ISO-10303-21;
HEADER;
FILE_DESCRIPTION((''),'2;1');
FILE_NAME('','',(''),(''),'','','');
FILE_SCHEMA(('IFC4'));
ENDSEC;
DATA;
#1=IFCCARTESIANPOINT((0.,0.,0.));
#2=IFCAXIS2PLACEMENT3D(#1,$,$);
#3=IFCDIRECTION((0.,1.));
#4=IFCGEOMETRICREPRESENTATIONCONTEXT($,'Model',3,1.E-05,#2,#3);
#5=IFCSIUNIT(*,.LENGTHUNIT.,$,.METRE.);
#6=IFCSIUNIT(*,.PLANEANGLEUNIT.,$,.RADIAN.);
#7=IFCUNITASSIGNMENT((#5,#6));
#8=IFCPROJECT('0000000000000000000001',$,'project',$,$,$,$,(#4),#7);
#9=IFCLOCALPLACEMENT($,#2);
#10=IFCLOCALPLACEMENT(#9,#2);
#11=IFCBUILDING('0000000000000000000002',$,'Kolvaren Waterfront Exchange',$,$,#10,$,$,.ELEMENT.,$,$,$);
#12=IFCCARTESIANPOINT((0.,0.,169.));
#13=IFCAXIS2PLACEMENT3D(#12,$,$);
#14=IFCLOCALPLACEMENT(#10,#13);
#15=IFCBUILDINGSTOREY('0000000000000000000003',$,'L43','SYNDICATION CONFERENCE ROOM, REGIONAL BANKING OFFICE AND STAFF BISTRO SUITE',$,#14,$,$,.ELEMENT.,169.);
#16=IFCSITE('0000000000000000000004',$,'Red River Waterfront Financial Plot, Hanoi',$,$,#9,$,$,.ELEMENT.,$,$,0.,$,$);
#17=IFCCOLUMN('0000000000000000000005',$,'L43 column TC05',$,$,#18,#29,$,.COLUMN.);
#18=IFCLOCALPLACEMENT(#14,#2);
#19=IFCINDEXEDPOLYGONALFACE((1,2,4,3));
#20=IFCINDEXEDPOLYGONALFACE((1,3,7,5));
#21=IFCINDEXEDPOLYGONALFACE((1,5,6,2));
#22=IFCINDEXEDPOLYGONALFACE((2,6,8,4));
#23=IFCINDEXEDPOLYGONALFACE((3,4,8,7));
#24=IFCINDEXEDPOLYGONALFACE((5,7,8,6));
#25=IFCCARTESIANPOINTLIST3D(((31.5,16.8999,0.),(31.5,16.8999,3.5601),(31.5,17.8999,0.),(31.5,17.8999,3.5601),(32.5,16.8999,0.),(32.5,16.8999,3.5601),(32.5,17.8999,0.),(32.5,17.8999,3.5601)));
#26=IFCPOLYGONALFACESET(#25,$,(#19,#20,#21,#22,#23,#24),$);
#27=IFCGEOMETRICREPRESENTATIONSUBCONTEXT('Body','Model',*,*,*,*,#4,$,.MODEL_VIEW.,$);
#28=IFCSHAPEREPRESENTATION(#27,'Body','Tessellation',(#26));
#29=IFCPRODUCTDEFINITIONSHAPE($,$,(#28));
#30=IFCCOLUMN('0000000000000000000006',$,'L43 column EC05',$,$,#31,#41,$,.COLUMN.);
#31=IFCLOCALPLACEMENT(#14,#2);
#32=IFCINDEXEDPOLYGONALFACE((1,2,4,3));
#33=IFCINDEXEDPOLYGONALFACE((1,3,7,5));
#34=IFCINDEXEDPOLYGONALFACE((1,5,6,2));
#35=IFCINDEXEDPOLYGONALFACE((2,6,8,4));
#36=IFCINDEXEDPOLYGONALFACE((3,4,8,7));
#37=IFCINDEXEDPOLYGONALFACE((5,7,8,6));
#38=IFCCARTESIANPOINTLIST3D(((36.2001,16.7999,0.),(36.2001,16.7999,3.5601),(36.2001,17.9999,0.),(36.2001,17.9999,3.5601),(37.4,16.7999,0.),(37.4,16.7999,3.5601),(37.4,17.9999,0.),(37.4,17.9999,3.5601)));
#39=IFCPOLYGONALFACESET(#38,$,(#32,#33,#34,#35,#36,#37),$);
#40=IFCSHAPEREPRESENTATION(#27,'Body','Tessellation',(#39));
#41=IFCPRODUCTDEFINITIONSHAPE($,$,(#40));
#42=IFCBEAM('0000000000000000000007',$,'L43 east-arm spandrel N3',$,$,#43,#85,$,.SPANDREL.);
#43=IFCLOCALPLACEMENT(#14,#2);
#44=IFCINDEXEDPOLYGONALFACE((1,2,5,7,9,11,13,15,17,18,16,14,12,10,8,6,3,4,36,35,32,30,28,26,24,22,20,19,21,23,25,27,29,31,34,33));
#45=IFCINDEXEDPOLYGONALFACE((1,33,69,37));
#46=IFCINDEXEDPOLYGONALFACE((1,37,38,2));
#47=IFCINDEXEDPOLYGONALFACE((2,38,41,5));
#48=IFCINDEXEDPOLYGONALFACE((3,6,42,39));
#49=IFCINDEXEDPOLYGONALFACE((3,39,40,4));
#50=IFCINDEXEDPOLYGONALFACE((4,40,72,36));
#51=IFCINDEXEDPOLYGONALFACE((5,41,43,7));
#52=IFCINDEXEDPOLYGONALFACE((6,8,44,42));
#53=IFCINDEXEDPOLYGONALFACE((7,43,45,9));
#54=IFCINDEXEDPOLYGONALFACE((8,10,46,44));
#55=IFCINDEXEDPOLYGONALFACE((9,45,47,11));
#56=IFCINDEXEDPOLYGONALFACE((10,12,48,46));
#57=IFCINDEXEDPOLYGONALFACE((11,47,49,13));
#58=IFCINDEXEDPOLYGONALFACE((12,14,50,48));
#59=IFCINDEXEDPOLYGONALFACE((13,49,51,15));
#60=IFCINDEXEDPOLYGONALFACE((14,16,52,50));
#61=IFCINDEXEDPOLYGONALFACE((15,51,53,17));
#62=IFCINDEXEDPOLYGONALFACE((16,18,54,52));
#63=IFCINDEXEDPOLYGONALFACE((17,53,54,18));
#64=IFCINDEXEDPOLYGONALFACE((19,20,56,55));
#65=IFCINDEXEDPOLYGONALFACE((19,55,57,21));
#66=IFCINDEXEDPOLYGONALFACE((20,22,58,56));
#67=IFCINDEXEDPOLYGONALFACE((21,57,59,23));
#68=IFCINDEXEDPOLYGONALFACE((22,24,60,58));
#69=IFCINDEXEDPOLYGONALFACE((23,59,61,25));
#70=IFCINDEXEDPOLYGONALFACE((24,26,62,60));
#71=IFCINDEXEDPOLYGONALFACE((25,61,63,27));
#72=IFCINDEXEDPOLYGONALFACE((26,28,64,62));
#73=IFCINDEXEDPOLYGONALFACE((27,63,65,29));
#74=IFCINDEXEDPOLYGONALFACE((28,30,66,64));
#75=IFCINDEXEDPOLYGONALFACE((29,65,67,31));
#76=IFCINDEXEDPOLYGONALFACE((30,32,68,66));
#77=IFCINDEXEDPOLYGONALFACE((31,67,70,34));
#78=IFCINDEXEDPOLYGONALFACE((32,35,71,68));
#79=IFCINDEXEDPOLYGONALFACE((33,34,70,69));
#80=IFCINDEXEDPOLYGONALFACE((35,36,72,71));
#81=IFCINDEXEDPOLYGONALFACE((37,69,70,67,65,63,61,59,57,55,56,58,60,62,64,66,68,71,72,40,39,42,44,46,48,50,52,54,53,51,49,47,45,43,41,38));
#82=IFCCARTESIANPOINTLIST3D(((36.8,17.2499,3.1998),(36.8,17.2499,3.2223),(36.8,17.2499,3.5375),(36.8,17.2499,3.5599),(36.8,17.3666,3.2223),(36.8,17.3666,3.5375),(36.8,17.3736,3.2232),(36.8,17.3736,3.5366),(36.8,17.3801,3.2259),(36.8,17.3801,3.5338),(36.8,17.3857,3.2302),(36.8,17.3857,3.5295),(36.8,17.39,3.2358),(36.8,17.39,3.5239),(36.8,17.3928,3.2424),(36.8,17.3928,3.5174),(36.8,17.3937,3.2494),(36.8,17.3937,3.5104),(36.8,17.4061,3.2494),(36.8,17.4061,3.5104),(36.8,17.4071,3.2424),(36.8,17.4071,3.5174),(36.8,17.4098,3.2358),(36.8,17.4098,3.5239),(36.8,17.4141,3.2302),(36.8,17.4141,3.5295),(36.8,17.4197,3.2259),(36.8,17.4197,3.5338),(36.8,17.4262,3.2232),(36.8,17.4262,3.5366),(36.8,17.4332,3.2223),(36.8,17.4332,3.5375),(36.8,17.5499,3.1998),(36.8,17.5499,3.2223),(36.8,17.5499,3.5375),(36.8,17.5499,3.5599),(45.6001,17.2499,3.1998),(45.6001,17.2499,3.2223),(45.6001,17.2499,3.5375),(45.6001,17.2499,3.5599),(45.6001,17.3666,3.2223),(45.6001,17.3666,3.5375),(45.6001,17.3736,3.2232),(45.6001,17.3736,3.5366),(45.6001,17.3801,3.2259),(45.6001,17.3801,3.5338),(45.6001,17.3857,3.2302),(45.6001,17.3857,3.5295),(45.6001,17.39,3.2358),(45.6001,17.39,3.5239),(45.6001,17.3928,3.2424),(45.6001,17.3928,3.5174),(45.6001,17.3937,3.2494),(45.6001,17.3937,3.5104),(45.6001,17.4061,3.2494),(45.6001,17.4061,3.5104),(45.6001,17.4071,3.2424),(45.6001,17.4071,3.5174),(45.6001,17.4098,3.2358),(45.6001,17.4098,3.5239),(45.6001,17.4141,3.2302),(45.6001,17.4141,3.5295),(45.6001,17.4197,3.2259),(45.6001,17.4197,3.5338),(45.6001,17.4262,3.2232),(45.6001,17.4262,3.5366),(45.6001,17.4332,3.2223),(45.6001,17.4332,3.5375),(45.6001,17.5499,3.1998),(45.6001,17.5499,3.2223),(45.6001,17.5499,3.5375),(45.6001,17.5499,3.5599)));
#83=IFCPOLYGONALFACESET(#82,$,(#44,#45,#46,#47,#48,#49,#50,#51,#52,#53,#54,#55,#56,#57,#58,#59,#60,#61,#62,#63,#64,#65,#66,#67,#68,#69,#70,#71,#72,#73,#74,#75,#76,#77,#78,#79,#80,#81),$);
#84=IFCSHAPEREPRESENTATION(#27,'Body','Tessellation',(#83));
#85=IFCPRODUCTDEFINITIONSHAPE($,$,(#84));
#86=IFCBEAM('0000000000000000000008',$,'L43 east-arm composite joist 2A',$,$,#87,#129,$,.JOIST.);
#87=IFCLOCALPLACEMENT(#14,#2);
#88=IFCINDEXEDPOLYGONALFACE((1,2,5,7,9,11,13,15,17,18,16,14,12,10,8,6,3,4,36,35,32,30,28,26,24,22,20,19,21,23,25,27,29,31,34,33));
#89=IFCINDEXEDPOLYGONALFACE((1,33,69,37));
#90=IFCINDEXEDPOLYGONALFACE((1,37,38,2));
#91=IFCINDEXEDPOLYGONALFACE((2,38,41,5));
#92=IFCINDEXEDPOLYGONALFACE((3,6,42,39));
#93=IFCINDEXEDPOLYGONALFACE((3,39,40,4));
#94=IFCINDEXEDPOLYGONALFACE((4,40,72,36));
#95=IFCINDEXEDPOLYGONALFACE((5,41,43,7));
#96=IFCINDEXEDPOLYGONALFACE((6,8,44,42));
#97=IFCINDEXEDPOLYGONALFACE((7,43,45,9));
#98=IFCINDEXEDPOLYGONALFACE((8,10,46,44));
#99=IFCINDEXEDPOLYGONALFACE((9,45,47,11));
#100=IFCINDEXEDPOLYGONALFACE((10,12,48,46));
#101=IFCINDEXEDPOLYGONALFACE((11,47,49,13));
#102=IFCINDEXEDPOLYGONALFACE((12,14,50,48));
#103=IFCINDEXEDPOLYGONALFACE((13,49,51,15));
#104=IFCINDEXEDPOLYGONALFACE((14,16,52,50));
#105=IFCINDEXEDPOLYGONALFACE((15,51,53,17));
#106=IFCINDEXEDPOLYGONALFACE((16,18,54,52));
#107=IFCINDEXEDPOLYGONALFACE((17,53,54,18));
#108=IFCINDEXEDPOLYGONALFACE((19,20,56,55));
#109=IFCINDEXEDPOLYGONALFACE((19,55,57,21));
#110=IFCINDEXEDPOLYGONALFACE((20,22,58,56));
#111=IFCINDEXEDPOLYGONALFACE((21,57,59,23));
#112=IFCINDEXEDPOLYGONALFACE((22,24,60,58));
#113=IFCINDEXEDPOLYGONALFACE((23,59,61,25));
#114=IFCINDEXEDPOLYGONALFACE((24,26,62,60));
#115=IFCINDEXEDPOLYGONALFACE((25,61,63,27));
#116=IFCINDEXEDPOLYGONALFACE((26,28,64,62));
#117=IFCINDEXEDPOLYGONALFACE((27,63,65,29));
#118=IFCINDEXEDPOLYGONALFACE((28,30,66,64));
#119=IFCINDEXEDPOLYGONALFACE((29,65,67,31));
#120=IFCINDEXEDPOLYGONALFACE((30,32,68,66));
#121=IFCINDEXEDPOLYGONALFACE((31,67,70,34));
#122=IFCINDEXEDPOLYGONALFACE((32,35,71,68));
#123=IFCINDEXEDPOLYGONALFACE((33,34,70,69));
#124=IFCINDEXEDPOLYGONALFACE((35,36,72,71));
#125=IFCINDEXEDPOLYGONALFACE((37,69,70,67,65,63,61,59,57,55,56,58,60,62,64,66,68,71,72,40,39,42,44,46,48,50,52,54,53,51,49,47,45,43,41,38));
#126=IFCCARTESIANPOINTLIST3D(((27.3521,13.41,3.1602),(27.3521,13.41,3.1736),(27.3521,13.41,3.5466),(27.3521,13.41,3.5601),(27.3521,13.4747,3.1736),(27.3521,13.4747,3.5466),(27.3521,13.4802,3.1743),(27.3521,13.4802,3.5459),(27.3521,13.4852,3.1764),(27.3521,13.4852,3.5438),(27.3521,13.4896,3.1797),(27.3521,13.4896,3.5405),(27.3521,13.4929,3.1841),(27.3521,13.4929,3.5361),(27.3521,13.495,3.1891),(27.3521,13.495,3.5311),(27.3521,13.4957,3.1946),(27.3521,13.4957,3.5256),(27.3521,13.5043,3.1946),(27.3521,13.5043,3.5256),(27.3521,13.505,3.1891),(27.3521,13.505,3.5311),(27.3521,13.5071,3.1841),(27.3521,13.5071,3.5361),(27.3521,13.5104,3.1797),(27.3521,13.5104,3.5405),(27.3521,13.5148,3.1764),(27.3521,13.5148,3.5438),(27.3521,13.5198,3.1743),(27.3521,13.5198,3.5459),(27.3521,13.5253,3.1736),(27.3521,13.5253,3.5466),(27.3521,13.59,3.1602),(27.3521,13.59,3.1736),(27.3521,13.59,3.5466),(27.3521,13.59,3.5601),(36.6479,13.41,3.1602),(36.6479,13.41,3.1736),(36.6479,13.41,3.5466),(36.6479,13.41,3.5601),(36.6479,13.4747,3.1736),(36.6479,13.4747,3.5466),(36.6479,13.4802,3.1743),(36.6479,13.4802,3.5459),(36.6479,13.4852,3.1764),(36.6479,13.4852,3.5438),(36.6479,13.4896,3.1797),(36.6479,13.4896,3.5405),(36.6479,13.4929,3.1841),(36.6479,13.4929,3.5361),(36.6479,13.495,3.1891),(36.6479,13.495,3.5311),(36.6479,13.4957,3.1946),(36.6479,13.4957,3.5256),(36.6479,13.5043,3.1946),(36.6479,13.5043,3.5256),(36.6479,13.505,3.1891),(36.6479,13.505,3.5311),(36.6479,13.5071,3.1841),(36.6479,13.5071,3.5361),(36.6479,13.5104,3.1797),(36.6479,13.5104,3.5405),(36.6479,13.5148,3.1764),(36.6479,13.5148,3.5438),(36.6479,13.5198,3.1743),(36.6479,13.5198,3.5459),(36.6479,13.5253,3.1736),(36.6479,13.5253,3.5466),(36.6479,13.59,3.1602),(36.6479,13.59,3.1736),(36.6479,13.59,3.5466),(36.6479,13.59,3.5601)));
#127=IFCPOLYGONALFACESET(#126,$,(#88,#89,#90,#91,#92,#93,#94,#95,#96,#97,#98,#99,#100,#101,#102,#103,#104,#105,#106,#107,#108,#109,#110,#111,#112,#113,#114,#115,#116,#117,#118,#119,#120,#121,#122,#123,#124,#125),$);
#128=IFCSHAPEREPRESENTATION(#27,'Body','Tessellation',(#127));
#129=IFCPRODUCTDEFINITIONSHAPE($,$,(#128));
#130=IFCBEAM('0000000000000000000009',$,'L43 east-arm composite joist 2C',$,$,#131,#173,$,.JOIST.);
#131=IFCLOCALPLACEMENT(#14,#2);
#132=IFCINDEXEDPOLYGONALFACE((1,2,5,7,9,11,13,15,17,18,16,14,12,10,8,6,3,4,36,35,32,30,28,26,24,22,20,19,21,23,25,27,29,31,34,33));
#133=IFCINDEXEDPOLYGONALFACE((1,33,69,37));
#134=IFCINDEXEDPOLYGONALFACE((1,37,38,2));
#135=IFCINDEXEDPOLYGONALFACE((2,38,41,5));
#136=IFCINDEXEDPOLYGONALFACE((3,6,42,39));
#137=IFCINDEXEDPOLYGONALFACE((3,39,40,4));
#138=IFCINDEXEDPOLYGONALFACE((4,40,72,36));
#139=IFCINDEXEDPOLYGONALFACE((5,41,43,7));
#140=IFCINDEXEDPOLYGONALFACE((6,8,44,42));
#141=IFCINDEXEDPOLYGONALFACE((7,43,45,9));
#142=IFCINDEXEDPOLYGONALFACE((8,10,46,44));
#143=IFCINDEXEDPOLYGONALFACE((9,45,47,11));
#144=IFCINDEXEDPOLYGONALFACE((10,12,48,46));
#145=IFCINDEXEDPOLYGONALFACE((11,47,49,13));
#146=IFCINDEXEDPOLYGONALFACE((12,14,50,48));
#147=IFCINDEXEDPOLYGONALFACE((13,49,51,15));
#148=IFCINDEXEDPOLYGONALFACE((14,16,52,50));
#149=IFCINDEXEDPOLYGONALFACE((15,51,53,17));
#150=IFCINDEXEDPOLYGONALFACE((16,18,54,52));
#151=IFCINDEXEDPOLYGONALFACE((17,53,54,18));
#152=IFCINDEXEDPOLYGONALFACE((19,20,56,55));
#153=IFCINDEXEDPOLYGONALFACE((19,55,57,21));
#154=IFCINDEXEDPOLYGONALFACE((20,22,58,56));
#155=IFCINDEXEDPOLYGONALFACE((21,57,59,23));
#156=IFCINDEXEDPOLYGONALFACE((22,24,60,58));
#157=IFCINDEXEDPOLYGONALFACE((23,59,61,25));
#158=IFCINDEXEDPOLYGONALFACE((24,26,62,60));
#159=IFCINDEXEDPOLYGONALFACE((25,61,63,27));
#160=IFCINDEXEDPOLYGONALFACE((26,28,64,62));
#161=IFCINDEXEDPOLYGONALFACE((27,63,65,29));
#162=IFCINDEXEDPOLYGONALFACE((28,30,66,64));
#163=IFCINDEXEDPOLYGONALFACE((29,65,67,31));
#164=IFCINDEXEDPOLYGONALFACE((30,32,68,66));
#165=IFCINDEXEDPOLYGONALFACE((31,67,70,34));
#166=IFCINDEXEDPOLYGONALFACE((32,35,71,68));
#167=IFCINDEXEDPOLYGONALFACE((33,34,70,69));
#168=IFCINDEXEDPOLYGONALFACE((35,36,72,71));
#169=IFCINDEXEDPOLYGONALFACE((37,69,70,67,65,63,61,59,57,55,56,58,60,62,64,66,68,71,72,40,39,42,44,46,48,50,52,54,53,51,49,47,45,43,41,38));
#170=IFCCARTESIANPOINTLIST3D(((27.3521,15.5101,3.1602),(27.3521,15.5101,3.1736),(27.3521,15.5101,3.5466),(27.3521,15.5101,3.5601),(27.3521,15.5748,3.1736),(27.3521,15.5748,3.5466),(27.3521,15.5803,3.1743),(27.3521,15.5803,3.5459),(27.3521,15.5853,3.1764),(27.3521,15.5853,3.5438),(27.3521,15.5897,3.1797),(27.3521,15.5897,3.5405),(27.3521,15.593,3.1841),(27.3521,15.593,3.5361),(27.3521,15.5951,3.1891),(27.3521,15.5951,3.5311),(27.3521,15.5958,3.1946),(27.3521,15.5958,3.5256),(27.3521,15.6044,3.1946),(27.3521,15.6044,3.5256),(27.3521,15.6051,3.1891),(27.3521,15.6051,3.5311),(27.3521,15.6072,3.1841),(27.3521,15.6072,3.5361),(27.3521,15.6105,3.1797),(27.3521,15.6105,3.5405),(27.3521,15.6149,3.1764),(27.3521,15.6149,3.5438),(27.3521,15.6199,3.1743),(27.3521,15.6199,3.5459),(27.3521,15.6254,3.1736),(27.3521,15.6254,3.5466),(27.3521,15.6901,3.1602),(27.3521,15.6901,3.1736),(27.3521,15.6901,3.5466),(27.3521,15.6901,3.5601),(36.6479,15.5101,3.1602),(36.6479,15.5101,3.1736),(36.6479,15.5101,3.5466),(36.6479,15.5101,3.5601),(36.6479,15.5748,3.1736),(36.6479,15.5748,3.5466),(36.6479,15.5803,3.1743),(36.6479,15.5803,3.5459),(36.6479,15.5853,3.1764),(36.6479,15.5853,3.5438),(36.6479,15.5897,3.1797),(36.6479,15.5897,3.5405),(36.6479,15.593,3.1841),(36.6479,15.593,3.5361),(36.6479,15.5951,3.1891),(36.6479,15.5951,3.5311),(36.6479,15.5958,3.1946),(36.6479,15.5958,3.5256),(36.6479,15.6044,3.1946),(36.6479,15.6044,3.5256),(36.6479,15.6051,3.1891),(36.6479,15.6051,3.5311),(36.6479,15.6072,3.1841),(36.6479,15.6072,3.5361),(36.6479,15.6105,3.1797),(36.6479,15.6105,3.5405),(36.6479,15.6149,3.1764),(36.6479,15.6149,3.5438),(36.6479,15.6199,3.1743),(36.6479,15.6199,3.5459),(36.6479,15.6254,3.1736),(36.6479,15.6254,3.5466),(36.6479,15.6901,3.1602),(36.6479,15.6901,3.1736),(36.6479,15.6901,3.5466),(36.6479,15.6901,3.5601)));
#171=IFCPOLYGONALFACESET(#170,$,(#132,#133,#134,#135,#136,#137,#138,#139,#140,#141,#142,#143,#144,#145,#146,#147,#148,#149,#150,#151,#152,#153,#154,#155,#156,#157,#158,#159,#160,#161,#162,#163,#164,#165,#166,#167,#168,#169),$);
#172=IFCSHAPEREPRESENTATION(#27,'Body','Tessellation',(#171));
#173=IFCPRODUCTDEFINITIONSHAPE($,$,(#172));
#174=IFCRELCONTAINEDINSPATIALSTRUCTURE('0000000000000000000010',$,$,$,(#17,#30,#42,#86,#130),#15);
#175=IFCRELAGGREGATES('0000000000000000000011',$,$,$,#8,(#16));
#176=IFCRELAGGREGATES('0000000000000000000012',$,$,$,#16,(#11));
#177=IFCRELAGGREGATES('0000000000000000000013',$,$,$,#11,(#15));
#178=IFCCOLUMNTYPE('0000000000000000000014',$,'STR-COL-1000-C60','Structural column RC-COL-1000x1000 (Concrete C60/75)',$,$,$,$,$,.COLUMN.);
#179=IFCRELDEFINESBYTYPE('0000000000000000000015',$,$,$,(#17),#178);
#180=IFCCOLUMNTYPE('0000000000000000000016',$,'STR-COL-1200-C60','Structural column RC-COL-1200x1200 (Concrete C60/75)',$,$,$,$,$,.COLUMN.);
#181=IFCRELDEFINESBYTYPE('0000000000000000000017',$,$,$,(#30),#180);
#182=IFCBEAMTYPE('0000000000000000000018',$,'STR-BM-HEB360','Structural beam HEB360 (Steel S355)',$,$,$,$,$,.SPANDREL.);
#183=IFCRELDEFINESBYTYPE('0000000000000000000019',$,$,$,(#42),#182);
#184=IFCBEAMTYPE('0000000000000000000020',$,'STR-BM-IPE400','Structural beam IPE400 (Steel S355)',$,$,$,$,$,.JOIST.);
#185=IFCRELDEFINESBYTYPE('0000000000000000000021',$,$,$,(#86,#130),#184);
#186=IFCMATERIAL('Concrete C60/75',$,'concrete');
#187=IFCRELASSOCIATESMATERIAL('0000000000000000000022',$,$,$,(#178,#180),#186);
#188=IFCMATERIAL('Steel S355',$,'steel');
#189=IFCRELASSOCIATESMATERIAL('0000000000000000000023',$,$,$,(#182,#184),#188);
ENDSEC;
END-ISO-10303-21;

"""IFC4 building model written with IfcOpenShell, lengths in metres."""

from ifc_helpers import new_model, si_unit, direction, frame, origin, origin_2d, place, context, subcontext, project, spatial, rectangle, i_section, extrude, material, material_profile, profile_set, type_object, element, save


model = new_model("IFC4")

# Units and contexts
model_context = context("Model", 3, precision=1e-05, world=origin(), true_north=direction((0.0, 1.0)))
body_context = subcontext(model_context, "Body", "Model", "MODEL_VIEW")
ifc_project = project(units=[si_unit("LENGTHUNIT", "METRE"), si_unit("PLANEANGLEUNIT", "RADIAN")], contexts=[model_context])

# Site, building, storey
site_placement = place(None, origin())
site = spatial("IfcSite", under=ifc_project, at=site_placement, Name="Red River Waterfront Financial Plot, Hanoi", CompositionType="ELEMENT", RefElevation=0.0)
building_placement = place(site_placement, origin())
building = spatial("IfcBuilding", under=site, at=building_placement, Name="Kolvaren Waterfront Exchange", CompositionType="ELEMENT")
storey_placement = place(building_placement, frame((0.0, 0.0, 169.0)))
storey = spatial("IfcBuildingStorey", under=building, at=storey_placement, Name="L43", Description="SYNDICATION CONFERENCE ROOM, REGIONAL BANKING OFFICE AND STAFF BISTRO SUITE", CompositionType="ELEMENT", Elevation=169.0)

# Columns
ifc_material_1 = material(Name="Concrete C60/75", Category="concrete")
ifc_material_profile_1 = material_profile(ifc_material_1, rectangle(XDim=1.0, YDim=1.0, at=origin_2d()), Name="RC-COL-1000x1000")
ifc_profile_set_1 = profile_set([ifc_material_profile_1], Name="Concrete C60/75")
column_type_1 = type_object("IfcColumnType", Name="STR-COL-1000-C60", Description="Structural column RC-COL-1000x1000 (Concrete C60/75)", PredefinedType="COLUMN", material=ifc_profile_set_1)
column_1_placement = place(storey_placement, frame((32.0, 17.3999, 0.0), z_axis=(0.0, 0.0, 1.0), x_axis=(1.0, 0.0, 0.0)))
element("IfcColumn", 1, at=column_1_placement, inside=storey, type_object=column_type_1, Name="L43 column TC05", PredefinedType="COLUMN", context=body_context, shape_type="SweptSolid", body=[
    extrude(rectangle(XDim=1.0, YDim=1.0, at=origin_2d()), origin(), (0.0, 0.0, 1.0), 3.5601),
])
ifc_material_profile_2 = material_profile(ifc_material_1, rectangle(XDim=1.2, YDim=1.2, at=origin_2d()), Name="RC-COL-1200x1200")
ifc_profile_set_2 = profile_set([ifc_material_profile_2], Name="Concrete C60/75")
column_type_2 = type_object("IfcColumnType", Name="STR-COL-1200-C60", Description="Structural column RC-COL-1200x1200 (Concrete C60/75)", PredefinedType="COLUMN", material=ifc_profile_set_2)
column_2_placement = place(storey_placement, frame((36.8, 17.3999, 0.0), z_axis=(0.0, 0.0, 1.0), x_axis=(1.0, 0.0, 0.0)))
element("IfcColumn", 2, at=column_2_placement, inside=storey, type_object=column_type_2, Name="L43 column EC05", PredefinedType="COLUMN", context=body_context, shape_type="SweptSolid", body=[
    extrude(rectangle(XDim=1.2, YDim=1.2, at=origin_2d()), origin(), (0.0, 0.0, 1.0), 3.5601),
])

# Beams
ifc_material_2 = material(Name="Steel S355", Category="steel")
ifc_material_profile_3 = material_profile(ifc_material_2, i_section(OverallWidth=0.3, OverallDepth=0.3601, WebThickness=0.0125, FlangeThickness=0.0225, FilletRadius=0.0271, at=origin_2d()), Name="HEB360")
ifc_profile_set_3 = profile_set([ifc_material_profile_3], Name="Steel S355")
beam_type_1 = type_object("IfcBeamType", Name="STR-BM-HEB360", Description="Structural beam HEB360 (Steel S355)", PredefinedType="SPANDREL", material=ifc_profile_set_3)
beam_placement = place(storey_placement, frame((36.8, 17.3999, 3.3799), z_axis=(1.0, 0.0, 0.0), x_axis=(0.0, 1.0, 0.0)))
element("IfcBeam", 3, at=beam_placement, inside=storey, type_object=beam_type_1, Name="L43 east-arm spandrel N3", PredefinedType="SPANDREL", context=body_context, shape_type="SweptSolid", body=[
    extrude(i_section(OverallWidth=0.3, OverallDepth=0.3601, WebThickness=0.0125, FlangeThickness=0.0225, FilletRadius=0.0271, at=origin_2d()), origin(), (0.0, 0.0, 1.0), 8.8),
])
ifc_material_profile_4 = material_profile(ifc_material_2, i_section(OverallWidth=0.1799, OverallDepth=0.3999, WebThickness=0.0085, FlangeThickness=0.0134, FilletRadius=0.021, at=origin_2d()), Name="IPE400")
ifc_profile_set_4 = profile_set([ifc_material_profile_4], Name="Steel S355")
beam_type_2 = type_object("IfcBeamType", Name="STR-BM-IPE400", Description="Structural beam IPE400 (Steel S355)", PredefinedType="JOIST", material=ifc_profile_set_4)
for number, where, z_axis, x_axis, name in (
    (4, (27.3521, 13.5, 3.3601), (1.0, 0.0, 0.0), (0.0, 1.0, 0.0), "L43 east-arm composite joist 2A"),
    (5, (27.3521, 15.6001, 3.3601), (1.0, 0.0, 0.0), (0.0, 1.0, 0.0), "L43 east-arm composite joist 2C"),
):
    element("IfcBeam", number, at=place(storey_placement, frame(where, z_axis=z_axis, x_axis=x_axis)), inside=storey, type_object=beam_type_2, Name=name, PredefinedType="JOIST", context=body_context, shape_type="SweptSolid", body=[
        extrude(i_section(OverallWidth=0.1799, OverallDepth=0.3999, WebThickness=0.0085, FlangeThickness=0.0134, FilletRadius=0.021, at=origin_2d()), origin(), (0.0, 0.0, 1.0), 9.2959),
    ])

save(model, "model.ifc")
